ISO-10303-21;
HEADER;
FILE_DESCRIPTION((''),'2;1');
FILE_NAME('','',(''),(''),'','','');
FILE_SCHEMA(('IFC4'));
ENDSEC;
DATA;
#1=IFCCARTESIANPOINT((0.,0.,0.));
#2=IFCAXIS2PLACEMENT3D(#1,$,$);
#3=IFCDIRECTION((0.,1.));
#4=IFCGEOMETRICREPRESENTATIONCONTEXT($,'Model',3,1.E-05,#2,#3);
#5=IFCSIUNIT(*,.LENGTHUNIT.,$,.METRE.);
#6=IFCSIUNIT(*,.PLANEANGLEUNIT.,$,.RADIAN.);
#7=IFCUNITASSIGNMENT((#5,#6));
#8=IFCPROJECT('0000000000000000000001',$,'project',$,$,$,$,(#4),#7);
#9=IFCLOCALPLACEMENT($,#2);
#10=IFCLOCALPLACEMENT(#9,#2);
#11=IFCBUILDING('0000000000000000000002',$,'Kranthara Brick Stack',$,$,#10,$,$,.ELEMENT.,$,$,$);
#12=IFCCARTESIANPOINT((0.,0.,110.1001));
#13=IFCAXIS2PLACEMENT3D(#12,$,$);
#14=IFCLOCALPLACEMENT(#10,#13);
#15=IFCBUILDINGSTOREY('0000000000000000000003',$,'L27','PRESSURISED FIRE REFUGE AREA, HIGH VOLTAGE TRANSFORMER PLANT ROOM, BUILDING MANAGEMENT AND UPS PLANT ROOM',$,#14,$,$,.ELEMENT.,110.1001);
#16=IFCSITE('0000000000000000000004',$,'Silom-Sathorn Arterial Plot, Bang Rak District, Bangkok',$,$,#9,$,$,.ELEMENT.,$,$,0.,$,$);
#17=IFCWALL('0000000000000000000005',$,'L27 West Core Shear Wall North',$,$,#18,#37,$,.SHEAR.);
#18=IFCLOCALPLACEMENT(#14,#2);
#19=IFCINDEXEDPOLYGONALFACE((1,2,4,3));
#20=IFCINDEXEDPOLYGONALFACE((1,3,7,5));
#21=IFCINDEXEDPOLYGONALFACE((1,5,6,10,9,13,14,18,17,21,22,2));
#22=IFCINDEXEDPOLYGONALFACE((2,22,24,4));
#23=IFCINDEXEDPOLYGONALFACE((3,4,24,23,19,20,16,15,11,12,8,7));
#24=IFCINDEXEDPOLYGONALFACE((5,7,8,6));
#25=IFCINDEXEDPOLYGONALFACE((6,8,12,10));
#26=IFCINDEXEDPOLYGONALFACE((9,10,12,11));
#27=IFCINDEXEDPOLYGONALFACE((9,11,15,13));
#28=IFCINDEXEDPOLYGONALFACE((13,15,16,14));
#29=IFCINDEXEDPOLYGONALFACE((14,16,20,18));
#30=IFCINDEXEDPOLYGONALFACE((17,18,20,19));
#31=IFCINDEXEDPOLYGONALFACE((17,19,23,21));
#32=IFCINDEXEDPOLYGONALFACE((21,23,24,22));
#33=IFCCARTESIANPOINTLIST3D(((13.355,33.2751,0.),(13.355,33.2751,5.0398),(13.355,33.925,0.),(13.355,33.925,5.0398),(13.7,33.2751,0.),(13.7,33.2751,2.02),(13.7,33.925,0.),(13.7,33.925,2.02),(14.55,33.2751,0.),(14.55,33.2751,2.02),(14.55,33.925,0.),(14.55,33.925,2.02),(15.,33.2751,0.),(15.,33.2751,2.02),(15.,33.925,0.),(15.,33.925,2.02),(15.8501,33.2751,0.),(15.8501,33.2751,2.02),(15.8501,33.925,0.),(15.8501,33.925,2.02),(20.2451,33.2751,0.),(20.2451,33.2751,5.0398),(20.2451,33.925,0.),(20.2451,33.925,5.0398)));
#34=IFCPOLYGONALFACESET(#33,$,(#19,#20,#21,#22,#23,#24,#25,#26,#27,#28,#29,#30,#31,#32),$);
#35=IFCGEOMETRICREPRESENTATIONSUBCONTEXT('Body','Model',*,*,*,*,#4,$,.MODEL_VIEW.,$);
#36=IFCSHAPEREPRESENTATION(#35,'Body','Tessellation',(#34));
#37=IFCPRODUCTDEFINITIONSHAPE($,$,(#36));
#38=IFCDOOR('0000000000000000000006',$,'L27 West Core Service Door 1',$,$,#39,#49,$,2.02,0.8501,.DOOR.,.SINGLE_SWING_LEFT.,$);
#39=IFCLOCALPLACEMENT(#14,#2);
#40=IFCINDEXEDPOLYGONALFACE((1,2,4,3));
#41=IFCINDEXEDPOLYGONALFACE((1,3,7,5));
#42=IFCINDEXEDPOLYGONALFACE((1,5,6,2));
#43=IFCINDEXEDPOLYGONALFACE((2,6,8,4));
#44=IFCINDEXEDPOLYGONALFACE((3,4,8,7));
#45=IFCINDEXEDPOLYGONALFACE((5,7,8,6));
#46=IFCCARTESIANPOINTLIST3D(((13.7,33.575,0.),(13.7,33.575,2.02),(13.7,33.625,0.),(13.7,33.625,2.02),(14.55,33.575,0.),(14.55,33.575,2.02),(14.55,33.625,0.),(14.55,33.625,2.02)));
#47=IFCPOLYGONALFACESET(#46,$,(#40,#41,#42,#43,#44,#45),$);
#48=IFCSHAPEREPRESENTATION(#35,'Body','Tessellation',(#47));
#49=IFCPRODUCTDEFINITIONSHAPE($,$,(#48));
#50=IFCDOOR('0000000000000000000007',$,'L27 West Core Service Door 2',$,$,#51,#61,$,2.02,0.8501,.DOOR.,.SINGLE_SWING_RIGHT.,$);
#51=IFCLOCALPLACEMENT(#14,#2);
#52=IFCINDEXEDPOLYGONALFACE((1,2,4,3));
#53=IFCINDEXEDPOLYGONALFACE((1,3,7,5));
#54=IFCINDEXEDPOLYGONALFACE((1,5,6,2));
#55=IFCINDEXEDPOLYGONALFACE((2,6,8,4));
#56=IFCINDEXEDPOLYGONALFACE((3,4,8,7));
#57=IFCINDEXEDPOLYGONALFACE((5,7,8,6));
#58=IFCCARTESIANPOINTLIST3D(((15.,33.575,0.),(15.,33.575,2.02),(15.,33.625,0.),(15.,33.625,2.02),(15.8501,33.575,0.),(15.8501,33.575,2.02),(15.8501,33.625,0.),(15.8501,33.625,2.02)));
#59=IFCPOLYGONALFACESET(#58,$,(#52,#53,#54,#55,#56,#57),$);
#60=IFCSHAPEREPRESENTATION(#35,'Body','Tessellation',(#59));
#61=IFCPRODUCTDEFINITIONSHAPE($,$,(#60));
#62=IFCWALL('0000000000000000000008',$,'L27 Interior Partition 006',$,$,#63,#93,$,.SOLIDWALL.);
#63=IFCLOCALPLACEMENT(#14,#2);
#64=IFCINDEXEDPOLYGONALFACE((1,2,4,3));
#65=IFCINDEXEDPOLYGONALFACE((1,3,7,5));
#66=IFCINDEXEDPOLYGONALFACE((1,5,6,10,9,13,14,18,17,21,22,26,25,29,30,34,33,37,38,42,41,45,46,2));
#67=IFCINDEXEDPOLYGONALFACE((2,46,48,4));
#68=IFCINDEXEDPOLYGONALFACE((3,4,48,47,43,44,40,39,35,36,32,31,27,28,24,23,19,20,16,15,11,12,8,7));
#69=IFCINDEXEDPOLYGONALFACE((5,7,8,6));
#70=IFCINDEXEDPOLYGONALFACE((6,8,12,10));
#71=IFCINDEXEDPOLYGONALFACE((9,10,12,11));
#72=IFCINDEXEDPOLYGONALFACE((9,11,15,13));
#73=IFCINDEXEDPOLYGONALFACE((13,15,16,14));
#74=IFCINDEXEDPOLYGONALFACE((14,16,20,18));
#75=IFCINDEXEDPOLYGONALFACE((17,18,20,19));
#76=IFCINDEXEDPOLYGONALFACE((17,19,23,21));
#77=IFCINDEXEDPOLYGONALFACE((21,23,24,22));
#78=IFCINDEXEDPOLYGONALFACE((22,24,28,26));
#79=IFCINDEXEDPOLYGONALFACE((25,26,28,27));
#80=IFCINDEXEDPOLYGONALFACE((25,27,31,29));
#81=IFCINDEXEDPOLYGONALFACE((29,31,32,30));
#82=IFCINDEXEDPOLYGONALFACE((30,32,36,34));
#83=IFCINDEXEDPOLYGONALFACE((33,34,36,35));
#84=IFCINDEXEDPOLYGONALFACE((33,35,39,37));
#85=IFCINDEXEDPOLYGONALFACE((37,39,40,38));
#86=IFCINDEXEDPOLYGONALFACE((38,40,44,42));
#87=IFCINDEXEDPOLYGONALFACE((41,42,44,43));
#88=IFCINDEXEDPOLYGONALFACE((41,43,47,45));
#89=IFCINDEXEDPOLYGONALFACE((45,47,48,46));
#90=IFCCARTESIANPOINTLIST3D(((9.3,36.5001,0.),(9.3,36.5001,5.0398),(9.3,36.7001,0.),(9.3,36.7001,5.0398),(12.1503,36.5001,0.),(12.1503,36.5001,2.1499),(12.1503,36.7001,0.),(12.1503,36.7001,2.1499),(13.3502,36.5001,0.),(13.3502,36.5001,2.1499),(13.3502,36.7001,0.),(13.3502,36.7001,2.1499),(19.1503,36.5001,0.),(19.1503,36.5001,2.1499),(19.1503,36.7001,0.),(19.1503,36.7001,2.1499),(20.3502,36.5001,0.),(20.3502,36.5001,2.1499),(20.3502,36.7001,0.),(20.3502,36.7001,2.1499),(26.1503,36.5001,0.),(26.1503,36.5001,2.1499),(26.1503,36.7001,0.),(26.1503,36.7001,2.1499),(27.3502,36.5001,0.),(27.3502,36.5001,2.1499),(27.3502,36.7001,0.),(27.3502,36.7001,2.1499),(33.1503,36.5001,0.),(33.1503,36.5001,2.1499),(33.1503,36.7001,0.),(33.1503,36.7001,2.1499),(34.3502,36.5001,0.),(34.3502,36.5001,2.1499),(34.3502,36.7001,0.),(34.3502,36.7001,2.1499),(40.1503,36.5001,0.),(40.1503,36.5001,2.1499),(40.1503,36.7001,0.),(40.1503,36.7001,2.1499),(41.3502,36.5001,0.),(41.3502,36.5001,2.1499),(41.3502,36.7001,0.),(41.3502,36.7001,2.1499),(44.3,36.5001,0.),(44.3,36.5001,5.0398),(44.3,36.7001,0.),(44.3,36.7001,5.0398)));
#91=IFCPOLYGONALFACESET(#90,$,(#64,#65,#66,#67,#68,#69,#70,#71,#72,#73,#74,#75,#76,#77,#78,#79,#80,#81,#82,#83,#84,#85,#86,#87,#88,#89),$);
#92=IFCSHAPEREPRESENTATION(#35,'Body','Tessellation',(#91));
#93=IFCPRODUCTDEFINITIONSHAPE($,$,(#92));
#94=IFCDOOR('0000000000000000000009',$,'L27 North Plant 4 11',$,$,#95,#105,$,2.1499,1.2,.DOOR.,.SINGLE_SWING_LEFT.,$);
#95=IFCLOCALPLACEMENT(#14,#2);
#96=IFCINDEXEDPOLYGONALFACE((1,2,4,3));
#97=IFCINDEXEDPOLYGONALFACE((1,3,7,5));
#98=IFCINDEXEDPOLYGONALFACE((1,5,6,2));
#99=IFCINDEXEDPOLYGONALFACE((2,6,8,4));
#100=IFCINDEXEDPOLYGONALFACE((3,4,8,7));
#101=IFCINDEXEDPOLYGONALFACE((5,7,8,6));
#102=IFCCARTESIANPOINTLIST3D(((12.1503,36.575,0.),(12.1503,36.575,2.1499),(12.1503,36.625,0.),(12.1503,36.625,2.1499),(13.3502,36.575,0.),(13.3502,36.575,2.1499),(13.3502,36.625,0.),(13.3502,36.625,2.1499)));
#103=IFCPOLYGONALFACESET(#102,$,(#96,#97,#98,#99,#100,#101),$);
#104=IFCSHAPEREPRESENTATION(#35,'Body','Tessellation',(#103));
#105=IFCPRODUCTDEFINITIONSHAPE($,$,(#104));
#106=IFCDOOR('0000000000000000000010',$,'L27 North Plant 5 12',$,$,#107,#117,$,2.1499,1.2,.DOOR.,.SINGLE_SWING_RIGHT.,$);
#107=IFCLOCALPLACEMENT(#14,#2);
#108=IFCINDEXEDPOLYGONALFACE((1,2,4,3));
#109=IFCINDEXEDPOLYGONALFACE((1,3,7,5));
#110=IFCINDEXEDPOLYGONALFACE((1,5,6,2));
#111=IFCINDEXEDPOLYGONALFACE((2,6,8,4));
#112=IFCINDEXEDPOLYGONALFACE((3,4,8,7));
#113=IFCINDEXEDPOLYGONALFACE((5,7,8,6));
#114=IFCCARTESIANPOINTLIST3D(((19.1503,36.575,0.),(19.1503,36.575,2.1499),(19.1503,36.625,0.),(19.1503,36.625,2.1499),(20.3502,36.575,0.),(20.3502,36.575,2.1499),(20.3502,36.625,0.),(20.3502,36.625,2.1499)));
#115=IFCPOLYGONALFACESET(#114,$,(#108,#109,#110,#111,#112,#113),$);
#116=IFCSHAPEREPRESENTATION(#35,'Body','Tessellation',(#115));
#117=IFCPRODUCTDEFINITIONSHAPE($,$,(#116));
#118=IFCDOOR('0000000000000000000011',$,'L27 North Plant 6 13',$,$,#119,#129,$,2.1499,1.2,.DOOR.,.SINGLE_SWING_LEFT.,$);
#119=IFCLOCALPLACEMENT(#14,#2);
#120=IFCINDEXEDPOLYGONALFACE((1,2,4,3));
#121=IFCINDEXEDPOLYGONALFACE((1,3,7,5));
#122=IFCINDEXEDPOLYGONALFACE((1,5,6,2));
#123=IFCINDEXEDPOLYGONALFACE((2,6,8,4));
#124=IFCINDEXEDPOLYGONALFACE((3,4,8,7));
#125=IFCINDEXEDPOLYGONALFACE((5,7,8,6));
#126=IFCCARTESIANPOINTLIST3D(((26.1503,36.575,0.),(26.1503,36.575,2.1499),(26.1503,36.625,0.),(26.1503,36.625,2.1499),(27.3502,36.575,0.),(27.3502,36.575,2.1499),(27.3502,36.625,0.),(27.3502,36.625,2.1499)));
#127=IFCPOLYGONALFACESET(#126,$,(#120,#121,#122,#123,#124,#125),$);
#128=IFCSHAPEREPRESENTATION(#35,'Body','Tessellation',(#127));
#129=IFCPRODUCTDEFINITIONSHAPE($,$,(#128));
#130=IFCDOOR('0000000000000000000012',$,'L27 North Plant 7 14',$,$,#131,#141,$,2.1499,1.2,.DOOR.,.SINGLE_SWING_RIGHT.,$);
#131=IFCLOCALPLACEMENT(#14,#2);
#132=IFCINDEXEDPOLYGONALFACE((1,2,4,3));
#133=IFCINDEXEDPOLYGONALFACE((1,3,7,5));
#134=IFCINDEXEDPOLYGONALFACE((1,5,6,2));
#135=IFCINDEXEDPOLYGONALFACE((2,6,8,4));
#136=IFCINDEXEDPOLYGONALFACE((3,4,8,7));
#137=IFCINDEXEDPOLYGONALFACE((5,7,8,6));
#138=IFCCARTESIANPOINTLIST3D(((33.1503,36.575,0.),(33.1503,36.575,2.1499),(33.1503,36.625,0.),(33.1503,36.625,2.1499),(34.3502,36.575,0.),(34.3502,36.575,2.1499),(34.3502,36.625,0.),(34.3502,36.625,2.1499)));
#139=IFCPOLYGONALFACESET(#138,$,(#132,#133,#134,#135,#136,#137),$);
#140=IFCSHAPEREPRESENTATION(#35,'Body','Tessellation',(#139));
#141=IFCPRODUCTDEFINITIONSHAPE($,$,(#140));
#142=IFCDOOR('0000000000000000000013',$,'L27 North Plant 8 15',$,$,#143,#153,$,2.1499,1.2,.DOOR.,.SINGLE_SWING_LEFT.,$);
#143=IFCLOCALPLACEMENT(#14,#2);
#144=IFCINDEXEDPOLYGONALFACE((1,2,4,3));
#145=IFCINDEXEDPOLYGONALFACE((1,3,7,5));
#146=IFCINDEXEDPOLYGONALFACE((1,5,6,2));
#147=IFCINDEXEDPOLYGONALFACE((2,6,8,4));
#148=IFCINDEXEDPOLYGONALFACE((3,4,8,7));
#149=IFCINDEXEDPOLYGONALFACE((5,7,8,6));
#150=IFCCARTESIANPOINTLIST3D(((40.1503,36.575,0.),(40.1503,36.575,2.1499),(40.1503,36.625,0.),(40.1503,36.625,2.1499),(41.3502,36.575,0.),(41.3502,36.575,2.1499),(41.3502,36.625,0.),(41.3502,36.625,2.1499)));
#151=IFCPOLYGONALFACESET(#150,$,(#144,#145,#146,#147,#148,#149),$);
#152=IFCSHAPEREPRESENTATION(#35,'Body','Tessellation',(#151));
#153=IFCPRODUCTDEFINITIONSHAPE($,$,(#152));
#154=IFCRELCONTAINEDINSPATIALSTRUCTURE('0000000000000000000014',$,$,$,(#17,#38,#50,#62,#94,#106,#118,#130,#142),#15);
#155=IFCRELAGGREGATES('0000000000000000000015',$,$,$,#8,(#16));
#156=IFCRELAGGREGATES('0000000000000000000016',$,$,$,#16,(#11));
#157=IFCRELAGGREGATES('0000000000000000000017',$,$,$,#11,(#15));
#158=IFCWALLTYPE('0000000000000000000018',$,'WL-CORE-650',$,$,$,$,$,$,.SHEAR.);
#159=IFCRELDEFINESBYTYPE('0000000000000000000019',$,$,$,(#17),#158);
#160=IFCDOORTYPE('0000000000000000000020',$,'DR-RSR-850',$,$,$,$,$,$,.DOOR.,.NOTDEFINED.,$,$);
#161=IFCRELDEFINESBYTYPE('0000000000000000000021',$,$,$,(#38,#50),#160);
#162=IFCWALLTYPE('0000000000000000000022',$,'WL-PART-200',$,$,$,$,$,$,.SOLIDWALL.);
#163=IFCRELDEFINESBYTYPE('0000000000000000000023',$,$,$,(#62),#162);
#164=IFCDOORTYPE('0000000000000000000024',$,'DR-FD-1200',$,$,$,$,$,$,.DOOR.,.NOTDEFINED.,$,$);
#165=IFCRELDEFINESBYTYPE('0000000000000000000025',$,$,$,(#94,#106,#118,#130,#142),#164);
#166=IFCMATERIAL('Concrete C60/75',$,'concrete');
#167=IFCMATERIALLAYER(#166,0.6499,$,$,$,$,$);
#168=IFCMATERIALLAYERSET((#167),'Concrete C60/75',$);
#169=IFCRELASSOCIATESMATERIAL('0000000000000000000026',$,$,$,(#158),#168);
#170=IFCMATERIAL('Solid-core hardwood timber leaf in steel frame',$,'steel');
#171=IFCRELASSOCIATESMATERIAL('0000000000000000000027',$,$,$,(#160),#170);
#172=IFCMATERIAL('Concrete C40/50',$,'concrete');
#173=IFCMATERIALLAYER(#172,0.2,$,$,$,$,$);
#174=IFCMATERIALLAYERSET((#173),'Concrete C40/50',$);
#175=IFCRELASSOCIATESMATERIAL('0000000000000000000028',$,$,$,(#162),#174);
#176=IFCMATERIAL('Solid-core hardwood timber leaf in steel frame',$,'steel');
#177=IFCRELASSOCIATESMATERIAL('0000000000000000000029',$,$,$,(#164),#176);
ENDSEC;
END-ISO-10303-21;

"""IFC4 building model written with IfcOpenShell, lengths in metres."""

from ifc_helpers import new_model, si_unit, direction, frame, frame_2d, origin, place, context, subcontext, project, spatial, rectangle, extrude, material, layer, layer_set, type_object, element, fill, save


model = new_model("IFC4")

# Units and contexts
model_context = context("Model", 3, precision=1e-05, world=origin(), true_north=direction((0.0, 1.0)))
body_context = subcontext(model_context, "Body", "Model", "MODEL_VIEW")
ifc_project = project(units=[si_unit("LENGTHUNIT", "METRE"), si_unit("PLANEANGLEUNIT", "RADIAN")], contexts=[model_context])

# Site, building, storey
site_placement = place(None, origin())
site = spatial("IfcSite", under=ifc_project, at=site_placement, Name="Silom-Sathorn Arterial Plot, Bang Rak District, Bangkok", CompositionType="ELEMENT", RefElevation=0.0)
building_placement = place(site_placement, origin())
building = spatial("IfcBuilding", under=site, at=building_placement, Name="Kranthara Brick Stack", CompositionType="ELEMENT")
storey_placement = place(building_placement, frame((0.0, 0.0, 110.1001)))
storey = spatial("IfcBuildingStorey", under=building, at=storey_placement, Name="L27", Description="PRESSURISED FIRE REFUGE AREA, HIGH VOLTAGE TRANSFORMER PLANT ROOM, BUILDING MANAGEMENT AND UPS PLANT ROOM", CompositionType="ELEMENT", Elevation=110.1001)

# Walls, openings, doors
ifc_material_1 = material(Name="Concrete C60/75", Category="concrete")
ifc_layer_1 = layer(ifc_material_1, 0.6499)
ifc_layer_set_1 = layer_set([ifc_layer_1], Name="Concrete C60/75")
wall_type_1 = type_object("IfcWallType", Name="WL-CORE-650", PredefinedType="SHEAR", material=ifc_layer_set_1)
wall_1_placement = place(storey_placement, frame((13.355, 33.6001, 0.0), z_axis=(0.0, 0.0, 1.0), x_axis=(1.0, 0.0, 0.0)))
wall_1 = element("IfcWall", 1, at=wall_1_placement, inside=storey, type_object=wall_type_1, Name="L27 West Core Shear Wall North", PredefinedType="SHEAR", context=body_context, shape_type="SweptSolid", body=[
    extrude(rectangle(XDim=6.8901, YDim=0.6499, at=frame_2d((3.4451, 0.0))), origin(), (0.0, 0.0, 1.0), 5.0398),
])
opening_1_placement = place(wall_1_placement, frame((0.345, 0.0, 0.0)))
opening_1 = element("IfcOpeningElement", 2, at=opening_1_placement, cuts=wall_1, PredefinedType="OPENING", context=body_context, shape_type="SweptSolid", body=[
    extrude(rectangle(XDim=0.8501, YDim=2.02, at=frame_2d((0.425, 1.01))), frame((0.0, 0.335, 0.0), z_axis=(0.0, -1.0, 0.0), x_axis=(1.0, 0.0, 0.0)), (0.0, 0.0, 1.0), 0.6699),
])
opening_2_placement = place(wall_1_placement, frame((1.645, 0.0, 0.0)))
opening_2 = element("IfcOpeningElement", 3, at=opening_2_placement, cuts=wall_1, PredefinedType="OPENING", context=body_context, shape_type="SweptSolid", body=[
    extrude(rectangle(XDim=0.8501, YDim=2.02, at=frame_2d((0.425, 1.01))), frame((0.0, 0.335, 0.0), z_axis=(0.0, -1.0, 0.0), x_axis=(1.0, 0.0, 0.0)), (0.0, 0.0, 1.0), 0.6699),
])
ifc_material_2 = material(Name="Solid-core hardwood timber leaf in steel frame", Category="steel")
door_type_1 = type_object("IfcDoorType", Name="DR-RSR-850", OperationType="NOTDEFINED", PredefinedType="DOOR", material=ifc_material_2)
door_1_placement = place(opening_1_placement, origin())
door_1 = element("IfcDoor", 4, at=door_1_placement, inside=storey, type_object=door_type_1, Name="L27 West Core Service Door 1", OperationType="SINGLE_SWING_LEFT", OverallHeight=2.02, OverallWidth=0.8501, PredefinedType="DOOR", context=body_context, shape_type="SweptSolid", body=[
    extrude(rectangle(XDim=0.8501, YDim=2.02, at=frame_2d((0.425, 1.01))), frame((0.0, 0.0249, 0.0), z_axis=(0.0, -1.0, 0.0), x_axis=(1.0, 0.0, 0.0)), (0.0, 0.0, 1.0), 0.05),
])
fill(opening_1, door_1)
door_2_placement = place(opening_2_placement, origin())
door_2 = element("IfcDoor", 5, at=door_2_placement, inside=storey, type_object=door_type_1, Name="L27 West Core Service Door 2", OperationType="SINGLE_SWING_RIGHT", OverallHeight=2.02, OverallWidth=0.8501, PredefinedType="DOOR", context=body_context, shape_type="SweptSolid", body=[
    extrude(rectangle(XDim=0.8501, YDim=2.02, at=frame_2d((0.425, 1.01))), frame((0.0, 0.0249, 0.0), z_axis=(0.0, -1.0, 0.0), x_axis=(1.0, 0.0, 0.0)), (0.0, 0.0, 1.0), 0.05),
])
fill(opening_2, door_2)
ifc_material_3 = material(Name="Concrete C40/50", Category="concrete")
ifc_layer_2 = layer(ifc_material_3, 0.2)
ifc_layer_set_2 = layer_set([ifc_layer_2], Name="Concrete C40/50")
wall_type_2 = type_object("IfcWallType", Name="WL-PART-200", PredefinedType="SOLIDWALL", material=ifc_layer_set_2)
wall_2_placement = place(storey_placement, frame((9.3, 36.6001, 0.0), z_axis=(0.0, 0.0, 1.0), x_axis=(1.0, 0.0, 0.0)))
wall_2 = element("IfcWall", 6, at=wall_2_placement, inside=storey, type_object=wall_type_2, Name="L27 Interior Partition 006", PredefinedType="SOLIDWALL", context=body_context, shape_type="SweptSolid", body=[
    extrude(rectangle(XDim=35.0, YDim=0.2, at=frame_2d((17.5, 0.0))), origin(), (0.0, 0.0, 1.0), 5.0398),
])
opening_3_placement = place(wall_2_placement, frame((2.8501, 0.0, 0.0)))
opening_3 = element("IfcOpeningElement", 7, at=opening_3_placement, cuts=wall_2, PredefinedType="OPENING", context=body_context, shape_type="SweptSolid", body=[
    extrude(rectangle(XDim=1.2, YDim=2.1499, at=frame_2d((0.6001, 1.075))), frame((0.0, 0.1099, 0.0), z_axis=(0.0, -1.0, 0.0), x_axis=(1.0, 0.0, 0.0)), (0.0, 0.0, 1.0), 0.22),
])
opening_4_placement = place(wall_2_placement, frame((9.8501, 0.0, 0.0)))
opening_4 = element("IfcOpeningElement", 8, at=opening_4_placement, cuts=wall_2, PredefinedType="OPENING", context=body_context, shape_type="SweptSolid", body=[
    extrude(rectangle(XDim=1.2, YDim=2.1499, at=frame_2d((0.6001, 1.075))), frame((0.0, 0.1099, 0.0), z_axis=(0.0, -1.0, 0.0), x_axis=(1.0, 0.0, 0.0)), (0.0, 0.0, 1.0), 0.22),
])
opening_5_placement = place(wall_2_placement, frame((16.8501, 0.0, 0.0)))
opening_5 = element("IfcOpeningElement", 9, at=opening_5_placement, cuts=wall_2, PredefinedType="OPENING", context=body_context, shape_type="SweptSolid", body=[
    extrude(rectangle(XDim=1.2, YDim=2.1499, at=frame_2d((0.6001, 1.075))), frame((0.0, 0.1099, 0.0), z_axis=(0.0, -1.0, 0.0), x_axis=(1.0, 0.0, 0.0)), (0.0, 0.0, 1.0), 0.22),
])
opening_6_placement = place(wall_2_placement, frame((23.8501, 0.0, 0.0)))
opening_6 = element("IfcOpeningElement", 10, at=opening_6_placement, cuts=wall_2, PredefinedType="OPENING", context=body_context, shape_type="SweptSolid", body=[
    extrude(rectangle(XDim=1.2, YDim=2.1499, at=frame_2d((0.6001, 1.075))), frame((0.0, 0.1099, 0.0), z_axis=(0.0, -1.0, 0.0), x_axis=(1.0, 0.0, 0.0)), (0.0, 0.0, 1.0), 0.22),
])
opening_7_placement = place(wall_2_placement, frame((30.8501, 0.0, 0.0)))
opening_7 = element("IfcOpeningElement", 11, at=opening_7_placement, cuts=wall_2, PredefinedType="OPENING", context=body_context, shape_type="SweptSolid", body=[
    extrude(rectangle(XDim=1.2, YDim=2.1499, at=frame_2d((0.6001, 1.075))), frame((0.0, 0.1099, 0.0), z_axis=(0.0, -1.0, 0.0), x_axis=(1.0, 0.0, 0.0)), (0.0, 0.0, 1.0), 0.22),
])
ifc_material_4 = material(Name="Solid-core hardwood timber leaf in steel frame", Category="steel")
door_type_2 = type_object("IfcDoorType", Name="DR-FD-1200", OperationType="NOTDEFINED", PredefinedType="DOOR", material=ifc_material_4)
door_3_placement = place(opening_3_placement, origin())
door_3 = element("IfcDoor", 12, at=door_3_placement, inside=storey, type_object=door_type_2, Name="L27 North Plant 4 11", OperationType="SINGLE_SWING_LEFT", OverallHeight=2.1499, OverallWidth=1.2, PredefinedType="DOOR", context=body_context, shape_type="SweptSolid", body=[
    extrude(rectangle(XDim=1.2, YDim=2.1499, at=frame_2d((0.6001, 1.075))), frame((0.0, 0.0249, 0.0), z_axis=(0.0, -1.0, 0.0), x_axis=(1.0, 0.0, 0.0)), (0.0, 0.0, 1.0), 0.05),
])
fill(opening_3, door_3)
door_4_placement = place(opening_4_placement, origin())
door_4 = element("IfcDoor", 13, at=door_4_placement, inside=storey, type_object=door_type_2, Name="L27 North Plant 5 12", OperationType="SINGLE_SWING_RIGHT", OverallHeight=2.1499, OverallWidth=1.2, PredefinedType="DOOR", context=body_context, shape_type="SweptSolid", body=[
    extrude(rectangle(XDim=1.2, YDim=2.1499, at=frame_2d((0.6001, 1.075))), frame((0.0, 0.0249, 0.0), z_axis=(0.0, -1.0, 0.0), x_axis=(1.0, 0.0, 0.0)), (0.0, 0.0, 1.0), 0.05),
])
fill(opening_4, door_4)
door_5_placement = place(opening_5_placement, origin())
door_5 = element("IfcDoor", 14, at=door_5_placement, inside=storey, type_object=door_type_2, Name="L27 North Plant 6 13", OperationType="SINGLE_SWING_LEFT", OverallHeight=2.1499, OverallWidth=1.2, PredefinedType="DOOR", context=body_context, shape_type="SweptSolid", body=[
    extrude(rectangle(XDim=1.2, YDim=2.1499, at=frame_2d((0.6001, 1.075))), frame((0.0, 0.0249, 0.0), z_axis=(0.0, -1.0, 0.0), x_axis=(1.0, 0.0, 0.0)), (0.0, 0.0, 1.0), 0.05),
])
fill(opening_5, door_5)
door_6_placement = place(opening_6_placement, origin())
door_6 = element("IfcDoor", 15, at=door_6_placement, inside=storey, type_object=door_type_2, Name="L27 North Plant 7 14", OperationType="SINGLE_SWING_RIGHT", OverallHeight=2.1499, OverallWidth=1.2, PredefinedType="DOOR", context=body_context, shape_type="SweptSolid", body=[
    extrude(rectangle(XDim=1.2, YDim=2.1499, at=frame_2d((0.6001, 1.075))), frame((0.0, 0.0249, 0.0), z_axis=(0.0, -1.0, 0.0), x_axis=(1.0, 0.0, 0.0)), (0.0, 0.0, 1.0), 0.05),
])
fill(opening_6, door_6)
door_7_placement = place(opening_7_placement, origin())
door_7 = element("IfcDoor", 16, at=door_7_placement, inside=storey, type_object=door_type_2, Name="L27 North Plant 8 15", OperationType="SINGLE_SWING_LEFT", OverallHeight=2.1499, OverallWidth=1.2, PredefinedType="DOOR", context=body_context, shape_type="SweptSolid", body=[
    extrude(rectangle(XDim=1.2, YDim=2.1499, at=frame_2d((0.6001, 1.075))), frame((0.0, 0.0249, 0.0), z_axis=(0.0, -1.0, 0.0), x_axis=(1.0, 0.0, 0.0)), (0.0, 0.0, 1.0), 0.05),
])
fill(opening_7, door_7)

save(model, "model.ifc")
